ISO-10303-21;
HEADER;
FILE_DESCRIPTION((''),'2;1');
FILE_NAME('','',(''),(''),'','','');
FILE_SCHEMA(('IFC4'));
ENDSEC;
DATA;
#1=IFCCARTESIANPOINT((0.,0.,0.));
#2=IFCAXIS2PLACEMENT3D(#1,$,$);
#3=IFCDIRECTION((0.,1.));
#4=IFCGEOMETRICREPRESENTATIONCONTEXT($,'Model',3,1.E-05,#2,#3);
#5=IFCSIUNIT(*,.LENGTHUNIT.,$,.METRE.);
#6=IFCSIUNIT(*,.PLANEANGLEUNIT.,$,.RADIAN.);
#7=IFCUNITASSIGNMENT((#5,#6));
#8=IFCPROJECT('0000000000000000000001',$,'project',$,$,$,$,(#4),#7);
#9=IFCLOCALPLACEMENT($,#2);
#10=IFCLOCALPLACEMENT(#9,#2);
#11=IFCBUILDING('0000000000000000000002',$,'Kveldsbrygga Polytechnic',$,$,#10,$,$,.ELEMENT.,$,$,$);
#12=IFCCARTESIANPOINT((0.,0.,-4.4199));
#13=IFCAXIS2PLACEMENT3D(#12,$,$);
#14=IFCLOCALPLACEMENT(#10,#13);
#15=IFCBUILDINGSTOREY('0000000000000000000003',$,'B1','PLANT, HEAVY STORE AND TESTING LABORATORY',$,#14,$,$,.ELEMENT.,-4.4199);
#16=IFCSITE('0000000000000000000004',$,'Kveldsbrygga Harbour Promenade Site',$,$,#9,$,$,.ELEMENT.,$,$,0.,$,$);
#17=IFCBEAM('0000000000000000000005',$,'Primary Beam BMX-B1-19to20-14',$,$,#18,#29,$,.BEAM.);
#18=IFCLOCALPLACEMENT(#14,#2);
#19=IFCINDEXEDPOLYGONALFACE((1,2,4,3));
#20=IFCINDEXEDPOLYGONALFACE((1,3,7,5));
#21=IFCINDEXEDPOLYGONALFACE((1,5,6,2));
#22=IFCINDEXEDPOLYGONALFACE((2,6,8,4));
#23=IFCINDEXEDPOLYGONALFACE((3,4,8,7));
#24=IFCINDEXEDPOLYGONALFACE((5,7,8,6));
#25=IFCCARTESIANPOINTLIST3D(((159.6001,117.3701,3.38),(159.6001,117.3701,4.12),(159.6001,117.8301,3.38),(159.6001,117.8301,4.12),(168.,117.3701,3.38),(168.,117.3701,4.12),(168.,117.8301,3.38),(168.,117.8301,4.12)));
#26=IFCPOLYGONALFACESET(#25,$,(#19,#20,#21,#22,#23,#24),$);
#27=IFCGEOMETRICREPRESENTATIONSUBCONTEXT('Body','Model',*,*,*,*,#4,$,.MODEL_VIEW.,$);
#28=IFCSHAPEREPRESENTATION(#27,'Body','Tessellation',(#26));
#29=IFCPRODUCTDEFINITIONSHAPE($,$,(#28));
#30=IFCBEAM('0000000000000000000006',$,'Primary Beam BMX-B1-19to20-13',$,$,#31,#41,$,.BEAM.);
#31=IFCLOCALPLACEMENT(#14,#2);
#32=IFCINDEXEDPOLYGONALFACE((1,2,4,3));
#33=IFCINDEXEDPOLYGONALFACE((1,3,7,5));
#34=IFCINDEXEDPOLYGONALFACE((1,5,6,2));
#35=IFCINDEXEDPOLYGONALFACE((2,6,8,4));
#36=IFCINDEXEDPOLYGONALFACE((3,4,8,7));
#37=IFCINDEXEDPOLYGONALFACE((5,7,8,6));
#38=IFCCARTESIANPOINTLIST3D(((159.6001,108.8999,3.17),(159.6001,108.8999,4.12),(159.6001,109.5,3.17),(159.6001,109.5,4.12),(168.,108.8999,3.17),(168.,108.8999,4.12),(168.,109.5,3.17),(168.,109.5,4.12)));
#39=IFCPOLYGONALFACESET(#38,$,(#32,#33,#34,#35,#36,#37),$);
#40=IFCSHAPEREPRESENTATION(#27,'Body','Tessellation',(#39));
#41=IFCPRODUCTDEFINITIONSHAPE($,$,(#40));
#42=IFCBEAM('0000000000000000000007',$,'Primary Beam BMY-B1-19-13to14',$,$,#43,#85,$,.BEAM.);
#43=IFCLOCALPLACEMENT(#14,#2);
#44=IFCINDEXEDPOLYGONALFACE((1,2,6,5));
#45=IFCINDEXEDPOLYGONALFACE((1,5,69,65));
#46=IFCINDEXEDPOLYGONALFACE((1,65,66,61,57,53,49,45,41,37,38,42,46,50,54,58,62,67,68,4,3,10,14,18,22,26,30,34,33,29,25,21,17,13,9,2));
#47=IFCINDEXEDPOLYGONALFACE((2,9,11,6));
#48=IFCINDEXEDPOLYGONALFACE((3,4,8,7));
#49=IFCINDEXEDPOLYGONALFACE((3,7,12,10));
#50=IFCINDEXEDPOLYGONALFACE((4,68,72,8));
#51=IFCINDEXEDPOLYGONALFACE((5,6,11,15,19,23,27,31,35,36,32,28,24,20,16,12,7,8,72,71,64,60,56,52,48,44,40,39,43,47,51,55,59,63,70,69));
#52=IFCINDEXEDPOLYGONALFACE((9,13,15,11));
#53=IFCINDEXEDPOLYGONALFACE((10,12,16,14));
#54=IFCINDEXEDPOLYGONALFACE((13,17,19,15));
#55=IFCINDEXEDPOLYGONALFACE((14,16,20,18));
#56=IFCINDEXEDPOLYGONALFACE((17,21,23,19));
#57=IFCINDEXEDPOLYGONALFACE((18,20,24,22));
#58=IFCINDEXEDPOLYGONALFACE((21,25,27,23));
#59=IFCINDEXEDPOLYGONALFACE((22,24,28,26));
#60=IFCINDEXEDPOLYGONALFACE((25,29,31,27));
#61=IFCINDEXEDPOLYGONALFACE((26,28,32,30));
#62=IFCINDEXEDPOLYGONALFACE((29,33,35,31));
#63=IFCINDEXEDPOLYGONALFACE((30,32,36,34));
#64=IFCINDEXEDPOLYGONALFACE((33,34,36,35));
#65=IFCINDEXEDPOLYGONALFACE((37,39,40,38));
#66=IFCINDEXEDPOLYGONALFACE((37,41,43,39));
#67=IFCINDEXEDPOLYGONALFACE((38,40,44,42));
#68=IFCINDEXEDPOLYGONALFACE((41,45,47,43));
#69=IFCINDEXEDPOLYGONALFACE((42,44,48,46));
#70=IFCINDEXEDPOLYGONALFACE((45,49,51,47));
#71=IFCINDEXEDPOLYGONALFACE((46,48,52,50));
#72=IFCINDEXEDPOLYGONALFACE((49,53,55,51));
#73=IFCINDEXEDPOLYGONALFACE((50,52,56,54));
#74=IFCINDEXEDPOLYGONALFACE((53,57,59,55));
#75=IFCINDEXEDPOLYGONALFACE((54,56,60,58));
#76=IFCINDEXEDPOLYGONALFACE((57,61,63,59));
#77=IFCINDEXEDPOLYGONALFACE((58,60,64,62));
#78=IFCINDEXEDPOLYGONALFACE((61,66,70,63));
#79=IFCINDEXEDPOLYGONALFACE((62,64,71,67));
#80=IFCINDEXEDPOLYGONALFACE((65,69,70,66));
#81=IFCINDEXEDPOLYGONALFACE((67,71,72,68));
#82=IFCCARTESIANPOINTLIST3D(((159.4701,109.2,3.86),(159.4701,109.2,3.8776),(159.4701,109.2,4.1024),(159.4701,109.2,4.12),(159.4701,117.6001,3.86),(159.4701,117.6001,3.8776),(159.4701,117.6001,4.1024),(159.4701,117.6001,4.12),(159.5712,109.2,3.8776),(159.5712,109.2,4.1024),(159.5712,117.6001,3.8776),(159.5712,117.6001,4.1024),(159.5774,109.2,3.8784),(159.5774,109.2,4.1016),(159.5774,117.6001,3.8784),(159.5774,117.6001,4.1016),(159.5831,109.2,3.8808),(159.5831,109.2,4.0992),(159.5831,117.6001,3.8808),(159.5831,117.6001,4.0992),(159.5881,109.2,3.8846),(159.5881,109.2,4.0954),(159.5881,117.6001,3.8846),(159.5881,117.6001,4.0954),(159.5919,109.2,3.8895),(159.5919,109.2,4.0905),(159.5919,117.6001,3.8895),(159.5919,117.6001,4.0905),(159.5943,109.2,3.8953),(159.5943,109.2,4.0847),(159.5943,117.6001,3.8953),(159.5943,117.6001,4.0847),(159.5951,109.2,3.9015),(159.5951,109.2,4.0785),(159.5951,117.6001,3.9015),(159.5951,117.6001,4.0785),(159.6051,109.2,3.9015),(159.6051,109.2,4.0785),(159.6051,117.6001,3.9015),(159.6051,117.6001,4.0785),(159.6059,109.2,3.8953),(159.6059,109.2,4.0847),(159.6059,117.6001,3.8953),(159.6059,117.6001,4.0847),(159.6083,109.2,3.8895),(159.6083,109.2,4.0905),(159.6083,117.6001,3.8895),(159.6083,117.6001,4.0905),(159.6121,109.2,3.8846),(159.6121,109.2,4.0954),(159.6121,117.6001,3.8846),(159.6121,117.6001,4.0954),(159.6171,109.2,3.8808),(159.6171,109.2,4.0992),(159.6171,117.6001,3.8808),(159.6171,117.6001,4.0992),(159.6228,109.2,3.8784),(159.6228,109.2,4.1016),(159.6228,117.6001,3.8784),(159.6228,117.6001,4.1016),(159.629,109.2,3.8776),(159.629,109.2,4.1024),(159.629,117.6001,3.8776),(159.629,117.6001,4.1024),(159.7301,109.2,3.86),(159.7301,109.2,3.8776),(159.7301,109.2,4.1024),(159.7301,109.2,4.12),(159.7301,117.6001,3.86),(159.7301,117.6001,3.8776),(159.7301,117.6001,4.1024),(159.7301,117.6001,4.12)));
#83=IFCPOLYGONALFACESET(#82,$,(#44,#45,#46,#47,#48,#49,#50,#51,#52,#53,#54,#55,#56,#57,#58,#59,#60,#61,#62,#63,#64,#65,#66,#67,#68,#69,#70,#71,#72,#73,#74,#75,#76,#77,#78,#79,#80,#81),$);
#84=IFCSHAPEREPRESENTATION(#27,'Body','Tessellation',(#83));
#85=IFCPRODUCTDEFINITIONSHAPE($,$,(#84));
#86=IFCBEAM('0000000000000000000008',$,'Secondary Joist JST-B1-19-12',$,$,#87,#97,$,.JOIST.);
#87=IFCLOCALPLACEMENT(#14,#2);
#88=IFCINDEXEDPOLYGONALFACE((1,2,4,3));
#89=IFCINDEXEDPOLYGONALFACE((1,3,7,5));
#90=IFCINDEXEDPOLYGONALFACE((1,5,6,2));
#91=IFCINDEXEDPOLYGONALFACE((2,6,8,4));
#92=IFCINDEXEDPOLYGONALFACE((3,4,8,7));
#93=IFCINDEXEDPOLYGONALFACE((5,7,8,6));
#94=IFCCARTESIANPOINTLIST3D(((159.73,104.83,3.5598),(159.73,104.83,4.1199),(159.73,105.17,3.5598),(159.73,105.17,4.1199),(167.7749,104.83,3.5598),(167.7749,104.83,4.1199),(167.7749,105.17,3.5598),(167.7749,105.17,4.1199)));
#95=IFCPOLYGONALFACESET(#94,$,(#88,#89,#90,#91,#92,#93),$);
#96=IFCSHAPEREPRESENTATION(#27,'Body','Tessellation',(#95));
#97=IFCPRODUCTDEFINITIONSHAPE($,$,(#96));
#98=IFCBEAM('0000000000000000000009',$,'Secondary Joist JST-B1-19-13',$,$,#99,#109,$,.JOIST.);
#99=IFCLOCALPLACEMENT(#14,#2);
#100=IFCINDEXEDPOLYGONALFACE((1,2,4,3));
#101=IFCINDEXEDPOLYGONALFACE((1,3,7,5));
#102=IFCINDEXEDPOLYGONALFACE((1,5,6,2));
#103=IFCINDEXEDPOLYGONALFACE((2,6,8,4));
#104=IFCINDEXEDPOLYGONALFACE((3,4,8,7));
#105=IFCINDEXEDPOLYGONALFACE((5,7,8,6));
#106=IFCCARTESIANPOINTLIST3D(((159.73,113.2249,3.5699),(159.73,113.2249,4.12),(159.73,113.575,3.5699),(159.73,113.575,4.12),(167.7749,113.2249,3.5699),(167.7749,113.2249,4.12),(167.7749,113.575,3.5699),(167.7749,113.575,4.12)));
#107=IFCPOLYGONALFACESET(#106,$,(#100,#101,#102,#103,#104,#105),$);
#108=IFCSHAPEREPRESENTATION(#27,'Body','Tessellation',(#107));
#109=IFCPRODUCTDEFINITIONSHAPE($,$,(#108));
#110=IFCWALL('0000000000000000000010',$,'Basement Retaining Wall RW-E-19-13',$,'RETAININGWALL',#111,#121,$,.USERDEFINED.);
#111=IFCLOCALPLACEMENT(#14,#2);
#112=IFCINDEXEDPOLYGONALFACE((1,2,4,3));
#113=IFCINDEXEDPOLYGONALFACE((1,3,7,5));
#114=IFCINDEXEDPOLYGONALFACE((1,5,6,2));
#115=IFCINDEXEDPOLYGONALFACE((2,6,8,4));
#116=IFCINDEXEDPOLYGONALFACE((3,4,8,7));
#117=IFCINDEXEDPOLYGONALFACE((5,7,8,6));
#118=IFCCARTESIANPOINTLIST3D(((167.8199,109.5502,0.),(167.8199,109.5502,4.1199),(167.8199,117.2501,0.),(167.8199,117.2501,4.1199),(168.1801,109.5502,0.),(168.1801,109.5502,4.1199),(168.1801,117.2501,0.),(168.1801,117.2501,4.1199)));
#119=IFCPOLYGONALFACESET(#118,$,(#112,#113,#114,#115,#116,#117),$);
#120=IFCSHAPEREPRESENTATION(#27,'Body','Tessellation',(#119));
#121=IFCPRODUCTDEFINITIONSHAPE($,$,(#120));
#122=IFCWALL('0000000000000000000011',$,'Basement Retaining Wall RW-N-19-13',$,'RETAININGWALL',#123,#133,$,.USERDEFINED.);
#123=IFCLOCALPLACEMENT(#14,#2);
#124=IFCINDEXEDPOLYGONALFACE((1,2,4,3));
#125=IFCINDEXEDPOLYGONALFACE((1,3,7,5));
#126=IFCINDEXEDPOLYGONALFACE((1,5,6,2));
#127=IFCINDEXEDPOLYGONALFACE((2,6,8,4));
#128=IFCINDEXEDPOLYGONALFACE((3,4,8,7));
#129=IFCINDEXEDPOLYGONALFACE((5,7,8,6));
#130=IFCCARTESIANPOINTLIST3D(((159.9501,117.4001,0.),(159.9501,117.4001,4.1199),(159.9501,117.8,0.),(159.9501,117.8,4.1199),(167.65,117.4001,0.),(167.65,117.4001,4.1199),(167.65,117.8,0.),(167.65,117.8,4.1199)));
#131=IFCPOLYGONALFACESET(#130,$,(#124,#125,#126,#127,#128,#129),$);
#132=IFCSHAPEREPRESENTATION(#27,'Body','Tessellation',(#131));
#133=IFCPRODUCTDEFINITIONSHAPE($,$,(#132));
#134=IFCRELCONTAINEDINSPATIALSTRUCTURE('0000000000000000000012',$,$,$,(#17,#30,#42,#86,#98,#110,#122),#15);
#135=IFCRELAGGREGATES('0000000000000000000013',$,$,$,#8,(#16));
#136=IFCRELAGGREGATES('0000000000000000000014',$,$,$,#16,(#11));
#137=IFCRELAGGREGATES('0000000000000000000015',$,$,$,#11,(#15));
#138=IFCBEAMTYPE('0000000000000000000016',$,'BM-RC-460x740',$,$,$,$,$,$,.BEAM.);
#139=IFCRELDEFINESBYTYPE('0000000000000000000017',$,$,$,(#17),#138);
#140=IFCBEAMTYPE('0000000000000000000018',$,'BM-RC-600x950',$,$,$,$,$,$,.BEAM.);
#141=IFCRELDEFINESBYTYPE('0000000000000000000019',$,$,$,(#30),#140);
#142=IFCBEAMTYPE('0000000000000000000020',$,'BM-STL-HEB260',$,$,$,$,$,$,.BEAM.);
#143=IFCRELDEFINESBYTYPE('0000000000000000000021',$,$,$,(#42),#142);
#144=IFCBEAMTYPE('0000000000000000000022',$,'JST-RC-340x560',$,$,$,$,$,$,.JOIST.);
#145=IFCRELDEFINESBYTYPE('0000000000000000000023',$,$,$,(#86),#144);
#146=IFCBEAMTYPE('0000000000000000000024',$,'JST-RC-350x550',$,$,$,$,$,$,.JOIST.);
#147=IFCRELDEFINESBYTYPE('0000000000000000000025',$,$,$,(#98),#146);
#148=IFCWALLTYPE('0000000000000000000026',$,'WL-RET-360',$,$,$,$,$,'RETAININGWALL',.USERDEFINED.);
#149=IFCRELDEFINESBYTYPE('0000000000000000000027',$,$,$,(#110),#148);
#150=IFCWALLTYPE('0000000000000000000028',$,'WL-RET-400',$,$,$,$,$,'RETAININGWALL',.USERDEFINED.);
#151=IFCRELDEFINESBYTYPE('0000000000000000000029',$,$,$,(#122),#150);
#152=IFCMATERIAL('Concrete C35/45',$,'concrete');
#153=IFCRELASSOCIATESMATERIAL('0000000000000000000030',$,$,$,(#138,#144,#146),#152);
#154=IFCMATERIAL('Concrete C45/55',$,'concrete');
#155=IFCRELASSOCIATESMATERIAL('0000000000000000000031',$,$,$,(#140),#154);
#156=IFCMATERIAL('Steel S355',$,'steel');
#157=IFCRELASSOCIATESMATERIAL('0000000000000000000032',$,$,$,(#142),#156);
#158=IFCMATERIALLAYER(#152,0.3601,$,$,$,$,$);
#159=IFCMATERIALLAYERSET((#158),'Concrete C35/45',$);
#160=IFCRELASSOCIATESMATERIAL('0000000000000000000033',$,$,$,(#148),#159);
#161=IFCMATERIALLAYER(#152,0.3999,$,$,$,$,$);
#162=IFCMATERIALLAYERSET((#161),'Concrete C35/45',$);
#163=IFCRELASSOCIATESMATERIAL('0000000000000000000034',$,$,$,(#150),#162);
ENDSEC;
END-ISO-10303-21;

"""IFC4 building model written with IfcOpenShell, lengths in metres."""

from ifc_helpers import new_model, si_unit, direction, frame, frame_2d, origin, origin_2d, place, context, subcontext, project, spatial, rectangle, i_section, extrude, material, layer, layer_set, material_profile, profile_set, type_object, element, save


model = new_model("IFC4")

# Units and contexts
model_context = context("Model", 3, precision=1e-05, world=origin(), true_north=direction((0.0, 1.0)))
body_context = subcontext(model_context, "Body", "Model", "MODEL_VIEW")
ifc_project = project(units=[si_unit("LENGTHUNIT", "METRE"), si_unit("PLANEANGLEUNIT", "RADIAN")], contexts=[model_context])

# Site, building, storey
site_placement = place(None, origin())
site = spatial("IfcSite", under=ifc_project, at=site_placement, Name="Kveldsbrygga Harbour Promenade Site", CompositionType="ELEMENT", RefElevation=0.0)
building_placement = place(site_placement, origin())
building = spatial("IfcBuilding", under=site, at=building_placement, Name="Kveldsbrygga Polytechnic", CompositionType="ELEMENT")
storey_placement = place(building_placement, frame((0.0, 0.0, -4.4199)))
storey = spatial("IfcBuildingStorey", under=building, at=storey_placement, Name="B1", Description="PLANT, HEAVY STORE AND TESTING LABORATORY", CompositionType="ELEMENT", Elevation=-4.4199)

# Shared definitions
ifc_material_1 = material(Name="Concrete C45/55", Category="concrete")

# Beams
ifc_material_2 = material(Name="Concrete C35/45", Category="concrete")
ifc_material_profile_1 = material_profile(ifc_material_2, rectangle(XDim=0.46, YDim=0.74, at=origin_2d()), Name="RC 460x740")
ifc_profile_set_1 = profile_set([ifc_material_profile_1], Name="Concrete C35/45")
beam_type_1 = type_object("IfcBeamType", Name="BM-RC-460x740", PredefinedType="BEAM", material=ifc_profile_set_1)
beam_1_placement = place(storey_placement, frame((159.6001, 117.6001, 3.75), z_axis=(1.0, 0.0, 0.0), x_axis=(0.0, 1.0, 0.0)))
element("IfcBeam", 1, at=beam_1_placement, inside=storey, type_object=beam_type_1, Name="Primary Beam BMX-B1-19to20-14", PredefinedType="BEAM", context=body_context, shape_type="SweptSolid", body=[
    extrude(rectangle(XDim=0.46, YDim=0.74, at=origin_2d()), origin(), (0.0, 0.0, 1.0), 8.3999),
])
ifc_material_profile_2 = material_profile(ifc_material_1, rectangle(XDim=0.6001, YDim=0.95, at=origin_2d()), Name="RC 600x950")
ifc_profile_set_2 = profile_set([ifc_material_profile_2], Name="Concrete C45/55")
beam_type_2 = type_object("IfcBeamType", Name="BM-RC-600x950", PredefinedType="BEAM", material=ifc_profile_set_2)
beam_2_placement = place(storey_placement, frame((159.6001, 109.2, 3.645), z_axis=(1.0, 0.0, 0.0), x_axis=(0.0, 1.0, 0.0)))
element("IfcBeam", 2, at=beam_2_placement, inside=storey, type_object=beam_type_2, Name="Primary Beam BMX-B1-19to20-13", PredefinedType="BEAM", context=body_context, shape_type="SweptSolid", body=[
    extrude(rectangle(XDim=0.6001, YDim=0.95, at=origin_2d()), origin(), (0.0, 0.0, 1.0), 8.3999),
])
ifc_material_3 = material(Name="Steel S355", Category="steel")
ifc_material_profile_3 = material_profile(ifc_material_3, i_section(OverallWidth=0.26, OverallDepth=0.26, WebThickness=0.01, FlangeThickness=0.0176, FilletRadius=0.0239, at=origin_2d()), Name="HEB 260")
ifc_profile_set_3 = profile_set([ifc_material_profile_3], Name="Steel S355")
beam_type_3 = type_object("IfcBeamType", Name="BM-STL-HEB260", PredefinedType="BEAM", material=ifc_profile_set_3)
beam_3_placement = place(storey_placement, frame((159.6001, 109.2, 3.99), z_axis=(0.0, 1.0, 0.0), x_axis=(-1.0, 0.0, 0.0)))
element("IfcBeam", 3, at=beam_3_placement, inside=storey, type_object=beam_type_3, Name="Primary Beam BMY-B1-19-13to14", PredefinedType="BEAM", context=body_context, shape_type="SweptSolid", body=[
    extrude(i_section(OverallWidth=0.26, OverallDepth=0.26, WebThickness=0.01, FlangeThickness=0.0176, FilletRadius=0.0239, at=origin_2d()), origin(), (0.0, 0.0, 1.0), 8.4001),
])
ifc_material_profile_4 = material_profile(ifc_material_2, rectangle(XDim=0.3401, YDim=0.5601, at=origin_2d()), Name="RC 340x560")
ifc_profile_set_4 = profile_set([ifc_material_profile_4], Name="Concrete C35/45")
beam_type_4 = type_object("IfcBeamType", Name="JST-RC-340x560", PredefinedType="JOIST", material=ifc_profile_set_4)
beam_4_placement = place(storey_placement, frame((159.73, 105.0, 3.8398), z_axis=(1.0, 0.0, 0.0), x_axis=(0.0, 1.0, 0.0)))
element("IfcBeam", 4, at=beam_4_placement, inside=storey, type_object=beam_type_4, Name="Secondary Joist JST-B1-19-12", PredefinedType="JOIST", context=body_context, shape_type="SweptSolid", body=[
    extrude(rectangle(XDim=0.3401, YDim=0.5601, at=origin_2d()), origin(), (0.0, 0.0, 1.0), 8.0449),
])
ifc_material_profile_5 = material_profile(ifc_material_2, rectangle(XDim=0.3501, YDim=0.55, at=origin_2d()), Name="RC 350x550")
ifc_profile_set_5 = profile_set([ifc_material_profile_5], Name="Concrete C35/45")
beam_type_5 = type_object("IfcBeamType", Name="JST-RC-350x550", PredefinedType="JOIST", material=ifc_profile_set_5)
beam_5_placement = place(storey_placement, frame((159.73, 113.3999, 3.845), z_axis=(1.0, 0.0, 0.0), x_axis=(0.0, 1.0, 0.0)))
element("IfcBeam", 5, at=beam_5_placement, inside=storey, type_object=beam_type_5, Name="Secondary Joist JST-B1-19-13", PredefinedType="JOIST", context=body_context, shape_type="SweptSolid", body=[
    extrude(rectangle(XDim=0.3501, YDim=0.55, at=origin_2d()), origin(), (0.0, 0.0, 1.0), 8.0449),
])

# Walls
ifc_layer_1 = layer(ifc_material_2, 0.3601)
ifc_layer_set_1 = layer_set([ifc_layer_1], Name="Concrete C35/45")
wall_type_1 = type_object("IfcWallType", Name="WL-RET-360", ElementType="RETAININGWALL", PredefinedType="USERDEFINED", material=ifc_layer_set_1)
wall_1_placement = place(storey_placement, frame((168.0, 109.55, 0.0), z_axis=(0.0, 0.0, 1.0), x_axis=(0.0, 1.0, 0.0)))
element("IfcWall", 6, at=wall_1_placement, inside=storey, type_object=wall_type_1, Name="Basement Retaining Wall RW-E-19-13", ObjectType="RETAININGWALL", PredefinedType="USERDEFINED", context=body_context, shape_type="SweptSolid", body=[
    extrude(rectangle(XDim=7.7, YDim=0.3601, at=frame_2d((3.8501, 0.0))), origin(), (0.0, 0.0, 1.0), 4.1199),
])
ifc_layer_2 = layer(ifc_material_2, 0.3999)
ifc_layer_set_2 = layer_set([ifc_layer_2], Name="Concrete C35/45")
wall_type_2 = type_object("IfcWallType", Name="WL-RET-400", ElementType="RETAININGWALL", PredefinedType="USERDEFINED", material=ifc_layer_set_2)
wall_2_placement = place(storey_placement, frame((159.95, 117.6001, 0.0), z_axis=(0.0, 0.0, 1.0), x_axis=(1.0, 0.0, 0.0)))
element("IfcWall", 7, at=wall_2_placement, inside=storey, type_object=wall_type_2, Name="Basement Retaining Wall RW-N-19-13", ObjectType="RETAININGWALL", PredefinedType="USERDEFINED", context=body_context, shape_type="SweptSolid", body=[
    extrude(rectangle(XDim=7.7, YDim=0.3999, at=frame_2d((3.8501, 0.0))), origin(), (0.0, 0.0, 1.0), 4.1199),
])

save(model, "model.ifc")
